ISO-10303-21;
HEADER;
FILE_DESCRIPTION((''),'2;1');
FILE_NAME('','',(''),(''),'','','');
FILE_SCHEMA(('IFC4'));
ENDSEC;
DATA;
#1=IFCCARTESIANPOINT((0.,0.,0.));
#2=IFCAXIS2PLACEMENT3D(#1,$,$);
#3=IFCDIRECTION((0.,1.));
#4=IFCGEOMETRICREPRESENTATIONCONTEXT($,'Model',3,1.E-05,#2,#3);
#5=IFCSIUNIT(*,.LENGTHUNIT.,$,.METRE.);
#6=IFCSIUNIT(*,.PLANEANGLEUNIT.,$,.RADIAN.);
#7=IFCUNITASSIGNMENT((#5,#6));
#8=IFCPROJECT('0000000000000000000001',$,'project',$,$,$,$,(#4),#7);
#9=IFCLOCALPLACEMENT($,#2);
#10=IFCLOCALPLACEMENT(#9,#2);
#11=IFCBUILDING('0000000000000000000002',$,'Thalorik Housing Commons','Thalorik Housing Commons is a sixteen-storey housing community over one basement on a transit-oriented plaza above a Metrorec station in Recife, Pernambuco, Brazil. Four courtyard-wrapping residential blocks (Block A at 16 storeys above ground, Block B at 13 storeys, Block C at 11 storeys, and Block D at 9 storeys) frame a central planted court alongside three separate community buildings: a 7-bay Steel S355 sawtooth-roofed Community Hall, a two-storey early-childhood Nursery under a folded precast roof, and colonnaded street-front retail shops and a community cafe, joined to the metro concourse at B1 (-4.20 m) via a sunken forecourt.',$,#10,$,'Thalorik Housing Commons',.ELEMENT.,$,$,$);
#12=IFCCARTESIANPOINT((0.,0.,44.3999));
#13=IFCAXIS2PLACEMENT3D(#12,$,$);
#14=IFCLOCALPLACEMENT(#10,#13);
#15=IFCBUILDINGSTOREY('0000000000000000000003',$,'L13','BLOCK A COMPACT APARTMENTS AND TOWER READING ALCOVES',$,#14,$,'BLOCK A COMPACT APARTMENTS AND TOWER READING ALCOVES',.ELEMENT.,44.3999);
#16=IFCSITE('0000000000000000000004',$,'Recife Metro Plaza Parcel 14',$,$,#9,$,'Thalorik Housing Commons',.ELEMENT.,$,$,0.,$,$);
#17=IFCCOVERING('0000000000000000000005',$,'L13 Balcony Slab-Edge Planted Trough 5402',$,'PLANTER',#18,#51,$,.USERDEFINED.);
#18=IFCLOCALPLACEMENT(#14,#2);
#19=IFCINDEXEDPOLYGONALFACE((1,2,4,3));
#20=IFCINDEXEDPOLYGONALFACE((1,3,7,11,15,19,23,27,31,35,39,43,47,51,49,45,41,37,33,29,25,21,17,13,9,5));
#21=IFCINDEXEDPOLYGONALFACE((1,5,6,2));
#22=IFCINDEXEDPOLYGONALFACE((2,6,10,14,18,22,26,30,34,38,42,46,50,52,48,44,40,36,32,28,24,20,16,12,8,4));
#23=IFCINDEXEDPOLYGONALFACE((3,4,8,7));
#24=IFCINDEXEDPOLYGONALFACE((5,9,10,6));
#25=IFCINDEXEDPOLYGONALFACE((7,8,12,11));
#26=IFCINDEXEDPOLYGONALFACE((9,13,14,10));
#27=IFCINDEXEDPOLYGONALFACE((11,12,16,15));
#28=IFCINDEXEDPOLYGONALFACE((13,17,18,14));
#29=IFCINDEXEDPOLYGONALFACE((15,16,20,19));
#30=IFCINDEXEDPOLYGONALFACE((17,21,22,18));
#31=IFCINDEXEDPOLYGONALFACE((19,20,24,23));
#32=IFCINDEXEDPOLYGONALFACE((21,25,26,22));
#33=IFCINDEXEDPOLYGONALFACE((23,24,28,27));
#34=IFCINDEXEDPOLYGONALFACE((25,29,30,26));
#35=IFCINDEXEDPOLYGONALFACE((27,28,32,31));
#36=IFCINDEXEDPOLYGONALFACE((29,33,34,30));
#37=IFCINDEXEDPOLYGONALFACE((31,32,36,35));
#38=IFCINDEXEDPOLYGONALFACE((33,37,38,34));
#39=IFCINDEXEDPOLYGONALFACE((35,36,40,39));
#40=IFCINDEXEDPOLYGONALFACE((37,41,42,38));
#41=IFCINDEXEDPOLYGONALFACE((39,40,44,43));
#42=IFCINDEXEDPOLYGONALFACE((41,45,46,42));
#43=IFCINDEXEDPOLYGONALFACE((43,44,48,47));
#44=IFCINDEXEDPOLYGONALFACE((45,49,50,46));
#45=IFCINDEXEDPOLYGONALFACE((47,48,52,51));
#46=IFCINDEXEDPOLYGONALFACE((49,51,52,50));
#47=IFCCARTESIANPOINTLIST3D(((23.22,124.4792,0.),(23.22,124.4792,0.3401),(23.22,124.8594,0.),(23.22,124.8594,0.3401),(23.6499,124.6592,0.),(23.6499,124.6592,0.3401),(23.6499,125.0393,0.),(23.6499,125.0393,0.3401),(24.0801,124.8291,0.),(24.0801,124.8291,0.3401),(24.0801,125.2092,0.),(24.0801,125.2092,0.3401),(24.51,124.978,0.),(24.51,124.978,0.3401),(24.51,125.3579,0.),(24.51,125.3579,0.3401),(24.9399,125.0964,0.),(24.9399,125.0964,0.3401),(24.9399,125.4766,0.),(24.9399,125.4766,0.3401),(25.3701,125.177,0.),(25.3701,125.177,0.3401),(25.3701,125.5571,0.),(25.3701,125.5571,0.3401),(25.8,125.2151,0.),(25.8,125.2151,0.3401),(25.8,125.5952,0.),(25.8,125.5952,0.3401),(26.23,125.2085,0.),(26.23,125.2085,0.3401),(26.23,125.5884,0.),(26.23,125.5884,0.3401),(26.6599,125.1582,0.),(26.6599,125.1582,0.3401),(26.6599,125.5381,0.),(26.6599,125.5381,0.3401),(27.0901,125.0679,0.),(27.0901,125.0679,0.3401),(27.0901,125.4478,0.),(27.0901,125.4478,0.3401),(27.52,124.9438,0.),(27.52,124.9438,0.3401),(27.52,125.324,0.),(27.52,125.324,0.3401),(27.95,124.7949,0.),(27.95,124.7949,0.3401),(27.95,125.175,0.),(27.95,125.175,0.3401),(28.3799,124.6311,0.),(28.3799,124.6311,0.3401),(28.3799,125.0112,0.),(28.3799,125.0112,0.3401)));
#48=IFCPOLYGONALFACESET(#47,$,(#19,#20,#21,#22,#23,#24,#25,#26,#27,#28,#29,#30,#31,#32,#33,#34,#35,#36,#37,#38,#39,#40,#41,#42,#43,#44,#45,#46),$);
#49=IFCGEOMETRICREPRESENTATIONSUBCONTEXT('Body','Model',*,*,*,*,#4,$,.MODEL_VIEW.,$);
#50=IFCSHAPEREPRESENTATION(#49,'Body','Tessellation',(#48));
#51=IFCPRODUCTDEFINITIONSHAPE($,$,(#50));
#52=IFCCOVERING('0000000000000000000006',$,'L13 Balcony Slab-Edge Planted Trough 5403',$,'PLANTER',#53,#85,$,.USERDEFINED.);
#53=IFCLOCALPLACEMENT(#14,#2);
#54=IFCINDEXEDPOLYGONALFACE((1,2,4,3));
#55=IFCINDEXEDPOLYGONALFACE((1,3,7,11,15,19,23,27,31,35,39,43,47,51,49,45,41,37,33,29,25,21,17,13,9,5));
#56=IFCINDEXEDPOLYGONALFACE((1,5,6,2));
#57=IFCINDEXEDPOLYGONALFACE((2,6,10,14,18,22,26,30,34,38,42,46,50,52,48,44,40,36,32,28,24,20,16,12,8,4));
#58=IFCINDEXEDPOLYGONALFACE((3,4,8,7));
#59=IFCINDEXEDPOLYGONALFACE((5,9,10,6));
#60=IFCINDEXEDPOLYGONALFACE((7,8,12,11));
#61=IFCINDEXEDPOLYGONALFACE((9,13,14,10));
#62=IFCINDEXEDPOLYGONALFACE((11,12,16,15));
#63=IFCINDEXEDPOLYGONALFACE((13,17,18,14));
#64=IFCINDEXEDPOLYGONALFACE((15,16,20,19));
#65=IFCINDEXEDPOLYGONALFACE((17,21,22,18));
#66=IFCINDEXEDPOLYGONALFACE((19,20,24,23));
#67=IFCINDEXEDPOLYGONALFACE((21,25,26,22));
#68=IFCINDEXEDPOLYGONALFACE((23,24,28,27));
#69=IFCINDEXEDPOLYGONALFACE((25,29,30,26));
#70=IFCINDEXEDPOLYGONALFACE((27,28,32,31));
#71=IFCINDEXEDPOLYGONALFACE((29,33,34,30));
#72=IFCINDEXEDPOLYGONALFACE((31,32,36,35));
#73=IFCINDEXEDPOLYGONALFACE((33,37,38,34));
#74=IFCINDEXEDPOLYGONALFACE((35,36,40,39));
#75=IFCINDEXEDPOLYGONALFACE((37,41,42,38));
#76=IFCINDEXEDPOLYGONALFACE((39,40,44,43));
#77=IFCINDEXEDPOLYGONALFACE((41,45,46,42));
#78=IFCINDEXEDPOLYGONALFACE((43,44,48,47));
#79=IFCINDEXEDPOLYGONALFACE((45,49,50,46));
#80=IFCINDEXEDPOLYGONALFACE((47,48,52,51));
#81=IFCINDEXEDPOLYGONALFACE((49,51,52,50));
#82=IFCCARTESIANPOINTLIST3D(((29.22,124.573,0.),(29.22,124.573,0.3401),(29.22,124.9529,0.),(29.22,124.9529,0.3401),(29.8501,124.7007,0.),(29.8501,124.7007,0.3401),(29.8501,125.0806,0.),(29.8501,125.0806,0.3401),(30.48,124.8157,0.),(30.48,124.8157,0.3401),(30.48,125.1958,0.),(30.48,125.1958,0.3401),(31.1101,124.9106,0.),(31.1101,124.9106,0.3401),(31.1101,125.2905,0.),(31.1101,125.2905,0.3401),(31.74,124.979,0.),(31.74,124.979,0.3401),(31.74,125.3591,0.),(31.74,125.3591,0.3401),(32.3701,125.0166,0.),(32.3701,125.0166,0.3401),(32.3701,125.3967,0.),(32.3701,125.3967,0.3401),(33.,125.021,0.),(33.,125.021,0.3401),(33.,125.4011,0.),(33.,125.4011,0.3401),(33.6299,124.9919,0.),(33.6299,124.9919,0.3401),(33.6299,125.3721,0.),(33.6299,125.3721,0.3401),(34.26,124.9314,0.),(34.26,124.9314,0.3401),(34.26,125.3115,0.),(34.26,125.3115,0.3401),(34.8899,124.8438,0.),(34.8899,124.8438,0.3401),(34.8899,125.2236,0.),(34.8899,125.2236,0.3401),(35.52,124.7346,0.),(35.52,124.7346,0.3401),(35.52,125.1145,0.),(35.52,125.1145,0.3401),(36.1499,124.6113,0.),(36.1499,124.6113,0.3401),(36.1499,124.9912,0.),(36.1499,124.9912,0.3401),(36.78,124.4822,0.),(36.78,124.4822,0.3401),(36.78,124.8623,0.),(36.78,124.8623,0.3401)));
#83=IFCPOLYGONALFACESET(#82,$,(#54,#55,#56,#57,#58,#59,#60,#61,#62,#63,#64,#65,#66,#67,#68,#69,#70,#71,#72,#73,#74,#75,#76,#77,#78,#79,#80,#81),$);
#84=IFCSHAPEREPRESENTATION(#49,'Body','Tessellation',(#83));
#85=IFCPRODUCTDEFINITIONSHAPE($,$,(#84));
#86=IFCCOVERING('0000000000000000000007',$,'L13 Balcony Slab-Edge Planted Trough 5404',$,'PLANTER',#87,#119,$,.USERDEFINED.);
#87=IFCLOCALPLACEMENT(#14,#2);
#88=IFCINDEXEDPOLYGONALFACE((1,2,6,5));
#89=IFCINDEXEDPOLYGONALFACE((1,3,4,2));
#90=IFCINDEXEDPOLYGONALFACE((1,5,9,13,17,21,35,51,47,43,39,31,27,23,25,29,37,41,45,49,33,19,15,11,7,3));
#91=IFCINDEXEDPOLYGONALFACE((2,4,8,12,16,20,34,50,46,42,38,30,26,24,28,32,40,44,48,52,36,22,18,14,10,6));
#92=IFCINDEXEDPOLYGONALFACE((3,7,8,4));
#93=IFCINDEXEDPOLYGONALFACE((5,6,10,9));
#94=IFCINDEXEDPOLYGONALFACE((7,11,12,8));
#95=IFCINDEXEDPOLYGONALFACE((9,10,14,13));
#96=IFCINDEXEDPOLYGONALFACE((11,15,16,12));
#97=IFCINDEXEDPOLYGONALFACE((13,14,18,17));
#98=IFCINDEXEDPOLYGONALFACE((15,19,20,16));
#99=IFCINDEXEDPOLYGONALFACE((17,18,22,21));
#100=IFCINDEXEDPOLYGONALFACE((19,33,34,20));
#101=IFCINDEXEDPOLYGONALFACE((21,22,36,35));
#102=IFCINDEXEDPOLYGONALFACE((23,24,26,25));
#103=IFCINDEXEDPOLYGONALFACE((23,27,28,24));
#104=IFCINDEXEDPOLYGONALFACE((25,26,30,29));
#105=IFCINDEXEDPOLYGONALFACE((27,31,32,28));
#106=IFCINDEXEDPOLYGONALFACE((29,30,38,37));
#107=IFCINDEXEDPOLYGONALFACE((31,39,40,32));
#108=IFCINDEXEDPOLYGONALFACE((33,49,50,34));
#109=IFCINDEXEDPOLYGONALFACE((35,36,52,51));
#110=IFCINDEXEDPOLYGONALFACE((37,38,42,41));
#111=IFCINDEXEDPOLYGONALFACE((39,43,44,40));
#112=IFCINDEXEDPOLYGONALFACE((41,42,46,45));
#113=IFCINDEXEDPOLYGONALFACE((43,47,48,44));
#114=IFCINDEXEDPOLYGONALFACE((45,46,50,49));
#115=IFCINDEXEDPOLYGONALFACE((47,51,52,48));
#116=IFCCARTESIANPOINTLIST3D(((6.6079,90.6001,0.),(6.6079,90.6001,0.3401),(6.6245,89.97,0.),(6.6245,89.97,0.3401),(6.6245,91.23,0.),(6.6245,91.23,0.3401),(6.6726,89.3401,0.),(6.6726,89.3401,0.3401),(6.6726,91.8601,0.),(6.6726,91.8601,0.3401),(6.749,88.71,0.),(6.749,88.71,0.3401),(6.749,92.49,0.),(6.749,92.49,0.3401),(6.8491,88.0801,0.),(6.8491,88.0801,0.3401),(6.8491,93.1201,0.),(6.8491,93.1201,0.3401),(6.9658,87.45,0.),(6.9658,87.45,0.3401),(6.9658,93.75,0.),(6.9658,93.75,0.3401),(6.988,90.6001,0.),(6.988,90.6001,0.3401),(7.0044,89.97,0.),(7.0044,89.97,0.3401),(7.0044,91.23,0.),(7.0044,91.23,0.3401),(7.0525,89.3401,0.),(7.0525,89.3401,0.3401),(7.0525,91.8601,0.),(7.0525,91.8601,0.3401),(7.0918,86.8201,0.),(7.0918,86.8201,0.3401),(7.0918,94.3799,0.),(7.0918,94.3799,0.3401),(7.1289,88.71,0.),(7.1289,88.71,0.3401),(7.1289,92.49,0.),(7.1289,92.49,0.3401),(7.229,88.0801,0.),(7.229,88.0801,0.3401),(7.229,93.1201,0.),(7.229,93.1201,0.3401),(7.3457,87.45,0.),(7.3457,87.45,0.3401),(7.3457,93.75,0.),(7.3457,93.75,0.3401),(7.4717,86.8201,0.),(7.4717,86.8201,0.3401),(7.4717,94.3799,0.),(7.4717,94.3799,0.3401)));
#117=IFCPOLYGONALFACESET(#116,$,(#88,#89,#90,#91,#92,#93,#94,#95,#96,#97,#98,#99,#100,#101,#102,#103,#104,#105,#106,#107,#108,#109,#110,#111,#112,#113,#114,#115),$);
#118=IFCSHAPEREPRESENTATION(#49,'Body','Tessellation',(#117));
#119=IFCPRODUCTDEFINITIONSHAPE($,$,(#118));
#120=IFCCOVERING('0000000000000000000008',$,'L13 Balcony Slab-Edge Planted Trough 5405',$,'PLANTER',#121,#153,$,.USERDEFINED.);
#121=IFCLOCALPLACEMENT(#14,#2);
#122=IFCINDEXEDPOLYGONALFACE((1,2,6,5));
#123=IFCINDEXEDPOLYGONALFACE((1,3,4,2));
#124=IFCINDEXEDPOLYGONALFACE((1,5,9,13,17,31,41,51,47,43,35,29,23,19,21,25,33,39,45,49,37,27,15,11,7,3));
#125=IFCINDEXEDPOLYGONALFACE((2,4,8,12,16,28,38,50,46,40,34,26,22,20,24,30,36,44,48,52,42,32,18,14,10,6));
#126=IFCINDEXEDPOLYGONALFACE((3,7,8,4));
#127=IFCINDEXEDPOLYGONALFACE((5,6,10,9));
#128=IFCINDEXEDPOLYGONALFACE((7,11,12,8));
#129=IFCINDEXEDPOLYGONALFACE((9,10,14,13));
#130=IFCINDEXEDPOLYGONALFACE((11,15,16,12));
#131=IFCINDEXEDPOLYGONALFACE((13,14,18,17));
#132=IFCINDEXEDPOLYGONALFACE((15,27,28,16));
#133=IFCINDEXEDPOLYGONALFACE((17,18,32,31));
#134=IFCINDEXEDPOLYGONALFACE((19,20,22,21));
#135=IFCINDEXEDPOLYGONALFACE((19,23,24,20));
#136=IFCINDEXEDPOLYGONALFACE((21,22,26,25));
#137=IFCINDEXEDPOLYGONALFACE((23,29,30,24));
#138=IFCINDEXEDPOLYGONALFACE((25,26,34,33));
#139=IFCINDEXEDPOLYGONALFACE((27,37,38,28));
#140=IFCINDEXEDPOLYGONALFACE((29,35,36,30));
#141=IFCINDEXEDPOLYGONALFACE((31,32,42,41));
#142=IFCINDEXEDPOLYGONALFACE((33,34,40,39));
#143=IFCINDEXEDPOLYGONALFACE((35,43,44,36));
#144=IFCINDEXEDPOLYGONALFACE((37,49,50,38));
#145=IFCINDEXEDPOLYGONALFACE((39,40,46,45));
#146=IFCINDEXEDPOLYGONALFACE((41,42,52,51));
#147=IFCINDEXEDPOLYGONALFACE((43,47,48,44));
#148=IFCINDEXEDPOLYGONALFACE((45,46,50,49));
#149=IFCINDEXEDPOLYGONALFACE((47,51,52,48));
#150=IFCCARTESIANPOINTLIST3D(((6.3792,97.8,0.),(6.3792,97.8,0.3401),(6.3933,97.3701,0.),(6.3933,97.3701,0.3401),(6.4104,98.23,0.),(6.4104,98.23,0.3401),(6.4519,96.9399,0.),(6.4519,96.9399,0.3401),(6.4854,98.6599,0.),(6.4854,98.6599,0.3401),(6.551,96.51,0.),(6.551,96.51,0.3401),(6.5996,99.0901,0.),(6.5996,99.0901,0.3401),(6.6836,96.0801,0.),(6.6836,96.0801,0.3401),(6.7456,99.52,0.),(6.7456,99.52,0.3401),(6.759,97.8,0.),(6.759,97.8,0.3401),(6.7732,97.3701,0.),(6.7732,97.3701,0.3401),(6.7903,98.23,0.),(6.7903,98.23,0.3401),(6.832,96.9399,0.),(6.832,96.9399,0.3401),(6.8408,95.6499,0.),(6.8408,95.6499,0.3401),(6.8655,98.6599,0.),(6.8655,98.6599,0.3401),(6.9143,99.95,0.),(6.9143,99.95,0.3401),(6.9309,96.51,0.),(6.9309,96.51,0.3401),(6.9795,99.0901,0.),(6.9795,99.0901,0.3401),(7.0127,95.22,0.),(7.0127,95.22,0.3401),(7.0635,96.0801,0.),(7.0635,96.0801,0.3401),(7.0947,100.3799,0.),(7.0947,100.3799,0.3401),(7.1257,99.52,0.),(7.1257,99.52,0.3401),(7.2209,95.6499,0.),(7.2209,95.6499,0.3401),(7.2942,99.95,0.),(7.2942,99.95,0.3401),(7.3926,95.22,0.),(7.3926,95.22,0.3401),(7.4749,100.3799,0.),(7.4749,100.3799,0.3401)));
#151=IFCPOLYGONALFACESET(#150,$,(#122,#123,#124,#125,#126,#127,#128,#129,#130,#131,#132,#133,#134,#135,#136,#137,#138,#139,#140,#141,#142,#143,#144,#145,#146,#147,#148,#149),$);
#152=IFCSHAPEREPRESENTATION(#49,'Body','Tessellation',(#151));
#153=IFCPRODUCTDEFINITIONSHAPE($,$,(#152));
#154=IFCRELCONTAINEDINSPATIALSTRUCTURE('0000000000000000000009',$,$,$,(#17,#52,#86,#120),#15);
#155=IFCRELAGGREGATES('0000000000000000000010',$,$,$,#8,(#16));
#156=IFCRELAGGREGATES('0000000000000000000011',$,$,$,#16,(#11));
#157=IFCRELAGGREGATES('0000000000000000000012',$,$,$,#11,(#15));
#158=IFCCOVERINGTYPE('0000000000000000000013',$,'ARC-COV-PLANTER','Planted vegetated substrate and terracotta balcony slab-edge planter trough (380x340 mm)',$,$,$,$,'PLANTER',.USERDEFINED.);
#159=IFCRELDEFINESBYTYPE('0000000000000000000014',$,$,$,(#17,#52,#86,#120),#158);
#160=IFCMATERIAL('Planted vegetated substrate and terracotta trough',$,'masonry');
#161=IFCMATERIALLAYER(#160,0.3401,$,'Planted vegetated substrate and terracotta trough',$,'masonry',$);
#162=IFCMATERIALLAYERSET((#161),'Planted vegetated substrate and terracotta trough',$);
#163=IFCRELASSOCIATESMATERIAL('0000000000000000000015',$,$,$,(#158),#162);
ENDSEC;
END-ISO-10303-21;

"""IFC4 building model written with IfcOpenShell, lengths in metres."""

from ifc_helpers import new_model, si_unit, direction, frame, origin, place, context, subcontext, project, spatial, polyline, outline, extrude, material, layer, layer_set, type_object, element, save


model = new_model("IFC4")

# Units and contexts
model_context = context("Model", 3, precision=1e-05, world=origin(), true_north=direction((0.0, 1.0)))
body_context = subcontext(model_context, "Body", "Model", "MODEL_VIEW")
ifc_project = project(units=[si_unit("LENGTHUNIT", "METRE"), si_unit("PLANEANGLEUNIT", "RADIAN")], contexts=[model_context])

# Site, building, storey
site_placement = place(None, origin())
site = spatial("IfcSite", under=ifc_project, at=site_placement, Name="Recife Metro Plaza Parcel 14", LongName="Thalorik Housing Commons", CompositionType="ELEMENT", RefElevation=0.0)
building_placement = place(site_placement, origin())
building = spatial("IfcBuilding", under=site, at=building_placement, Name="Thalorik Housing Commons", Description="Thalorik Housing Commons is a sixteen-storey housing community over one basement on a transit-oriented plaza above a Metrorec station in Recife, Pernambuco, Brazil. Four courtyard-wrapping residential blocks (Block A at 16 storeys above ground, Block B at 13 storeys, Block C at 11 storeys, and Block D at 9 storeys) frame a central planted court alongside three separate community buildings: a 7-bay Steel S355 sawtooth-roofed Community Hall, a two-storey early-childhood Nursery under a folded precast roof, and colonnaded street-front retail shops and a community cafe, joined to the metro concourse at B1 (-4.20 m) via a sunken forecourt.", LongName="Thalorik Housing Commons", CompositionType="ELEMENT")
storey_placement = place(building_placement, frame((0.0, 0.0, 44.3999)))
storey = spatial("IfcBuildingStorey", under=building, at=storey_placement, Name="L13", Description="BLOCK A COMPACT APARTMENTS AND TOWER READING ALCOVES", LongName="BLOCK A COMPACT APARTMENTS AND TOWER READING ALCOVES", CompositionType="ELEMENT", Elevation=44.3999)

# Coverings
ifc_material_1 = material(Name="Planted vegetated substrate and terracotta trough", Category="masonry")
ifc_layer_1 = layer(ifc_material_1, 0.3401, Name="Planted vegetated substrate and terracotta trough", Category="masonry")
ifc_layer_set_1 = layer_set([ifc_layer_1], Name="Planted vegetated substrate and terracotta trough")
covering_type_1 = type_object("IfcCoveringType", Name="ARC-COV-PLANTER", Description="Planted vegetated substrate and terracotta balcony slab-edge planter trough (380x340 mm)", ElementType="PLANTER", PredefinedType="USERDEFINED", material=ifc_layer_set_1)
covering_1_placement = place(storey_placement, origin())
element("IfcCovering", 1, at=covering_1_placement, inside=storey, type_object=covering_type_1, Name="L13 Balcony Slab-Edge Planted Trough 5402", ObjectType="PLANTER", PredefinedType="USERDEFINED", context=body_context, shape_type="SweptSolid", body=[
    extrude(outline(polyline([(28.3799, 125.0112), (27.95, 125.175), (27.52, 125.324), (27.0901, 125.4478), (26.6599, 125.5381), (26.23, 125.5884), (25.8, 125.5952), (25.3701, 125.5571), (24.9399, 125.4766), (24.51, 125.3579), (24.0801, 125.2092), (23.6499, 125.0393), (23.22, 124.8594), (23.22, 124.4792), (23.6499, 124.6592), (24.0801, 124.8291), (24.51, 124.978), (24.9399, 125.0964), (25.3701, 125.177), (25.8, 125.2151), (26.23, 125.2085), (26.6599, 125.1582), (27.0901, 125.0679), (27.52, 124.9438), (27.95, 124.7949), (28.3799, 124.6311), (28.3799, 125.0112)])), origin(), (0.0, 0.0, 1.0), 0.3401),
])
covering_2_placement = place(storey_placement, origin())
element("IfcCovering", 2, at=covering_2_placement, inside=storey, type_object=covering_type_1, Name="L13 Balcony Slab-Edge Planted Trough 5403", ObjectType="PLANTER", PredefinedType="USERDEFINED", context=body_context, shape_type="SweptSolid", body=[
    extrude(outline(polyline([(36.78, 124.8623), (36.1499, 124.9912), (35.52, 125.1145), (34.8899, 125.2236), (34.26, 125.3115), (33.6299, 125.3721), (33.0, 125.4011), (32.3701, 125.3967), (31.74, 125.3591), (31.1101, 125.2905), (30.48, 125.1958), (29.8501, 125.0806), (29.22, 124.9529), (29.22, 124.573), (29.8501, 124.7007), (30.48, 124.8157), (31.1101, 124.9106), (31.74, 124.979), (32.3701, 125.0166), (33.0, 125.021), (33.6299, 124.9919), (34.26, 124.9314), (34.8899, 124.8438), (35.52, 124.7346), (36.1499, 124.6113), (36.78, 124.4822), (36.78, 124.8623)])), origin(), (0.0, 0.0, 1.0), 0.3401),
])
covering_3_placement = place(storey_placement, origin())
element("IfcCovering", 3, at=covering_3_placement, inside=storey, type_object=covering_type_1, Name="L13 Balcony Slab-Edge Planted Trough 5404", ObjectType="PLANTER", PredefinedType="USERDEFINED", context=body_context, shape_type="SweptSolid", body=[
    extrude(outline(polyline([(7.0918, 94.3799), (6.9658, 93.75), (6.8491, 93.1201), (6.749, 92.49), (6.6726, 91.8601), (6.6245, 91.23), (6.6079, 90.6001), (6.6245, 89.97), (6.6726, 89.3401), (6.749, 88.71), (6.8491, 88.0801), (6.9658, 87.45), (7.0918, 86.8201), (7.4717, 86.8201), (7.3457, 87.45), (7.229, 88.0801), (7.1289, 88.71), (7.0525, 89.3401), (7.0044, 89.97), (6.988, 90.6001), (7.0044, 91.23), (7.0525, 91.8601), (7.1289, 92.49), (7.229, 93.1201), (7.3457, 93.75), (7.4717, 94.3799), (7.0918, 94.3799)])), origin(), (0.0, 0.0, 1.0), 0.3401),
])
covering_4_placement = place(storey_placement, origin())
element("IfcCovering", 4, at=covering_4_placement, inside=storey, type_object=covering_type_1, Name="L13 Balcony Slab-Edge Planted Trough 5405", ObjectType="PLANTER", PredefinedType="USERDEFINED", context=body_context, shape_type="SweptSolid", body=[
    extrude(outline(polyline([(7.0947, 100.3799), (6.9143, 99.95), (6.7456, 99.52), (6.5996, 99.0901), (6.4854, 98.6599), (6.4104, 98.23), (6.3792, 97.8), (6.3933, 97.3701), (6.4519, 96.9399), (6.551, 96.51), (6.6836, 96.0801), (6.8408, 95.6499), (7.0127, 95.22), (7.3926, 95.22), (7.2209, 95.6499), (7.0635, 96.0801), (6.9309, 96.51), (6.832, 96.9399), (6.7732, 97.3701), (6.759, 97.8), (6.7903, 98.23), (6.8655, 98.6599), (6.9795, 99.0901), (7.1257, 99.52), (7.2942, 99.95), (7.4749, 100.3799), (7.0947, 100.3799)])), origin(), (0.0, 0.0, 1.0), 0.3401),
])

save(model, "model.ifc")
